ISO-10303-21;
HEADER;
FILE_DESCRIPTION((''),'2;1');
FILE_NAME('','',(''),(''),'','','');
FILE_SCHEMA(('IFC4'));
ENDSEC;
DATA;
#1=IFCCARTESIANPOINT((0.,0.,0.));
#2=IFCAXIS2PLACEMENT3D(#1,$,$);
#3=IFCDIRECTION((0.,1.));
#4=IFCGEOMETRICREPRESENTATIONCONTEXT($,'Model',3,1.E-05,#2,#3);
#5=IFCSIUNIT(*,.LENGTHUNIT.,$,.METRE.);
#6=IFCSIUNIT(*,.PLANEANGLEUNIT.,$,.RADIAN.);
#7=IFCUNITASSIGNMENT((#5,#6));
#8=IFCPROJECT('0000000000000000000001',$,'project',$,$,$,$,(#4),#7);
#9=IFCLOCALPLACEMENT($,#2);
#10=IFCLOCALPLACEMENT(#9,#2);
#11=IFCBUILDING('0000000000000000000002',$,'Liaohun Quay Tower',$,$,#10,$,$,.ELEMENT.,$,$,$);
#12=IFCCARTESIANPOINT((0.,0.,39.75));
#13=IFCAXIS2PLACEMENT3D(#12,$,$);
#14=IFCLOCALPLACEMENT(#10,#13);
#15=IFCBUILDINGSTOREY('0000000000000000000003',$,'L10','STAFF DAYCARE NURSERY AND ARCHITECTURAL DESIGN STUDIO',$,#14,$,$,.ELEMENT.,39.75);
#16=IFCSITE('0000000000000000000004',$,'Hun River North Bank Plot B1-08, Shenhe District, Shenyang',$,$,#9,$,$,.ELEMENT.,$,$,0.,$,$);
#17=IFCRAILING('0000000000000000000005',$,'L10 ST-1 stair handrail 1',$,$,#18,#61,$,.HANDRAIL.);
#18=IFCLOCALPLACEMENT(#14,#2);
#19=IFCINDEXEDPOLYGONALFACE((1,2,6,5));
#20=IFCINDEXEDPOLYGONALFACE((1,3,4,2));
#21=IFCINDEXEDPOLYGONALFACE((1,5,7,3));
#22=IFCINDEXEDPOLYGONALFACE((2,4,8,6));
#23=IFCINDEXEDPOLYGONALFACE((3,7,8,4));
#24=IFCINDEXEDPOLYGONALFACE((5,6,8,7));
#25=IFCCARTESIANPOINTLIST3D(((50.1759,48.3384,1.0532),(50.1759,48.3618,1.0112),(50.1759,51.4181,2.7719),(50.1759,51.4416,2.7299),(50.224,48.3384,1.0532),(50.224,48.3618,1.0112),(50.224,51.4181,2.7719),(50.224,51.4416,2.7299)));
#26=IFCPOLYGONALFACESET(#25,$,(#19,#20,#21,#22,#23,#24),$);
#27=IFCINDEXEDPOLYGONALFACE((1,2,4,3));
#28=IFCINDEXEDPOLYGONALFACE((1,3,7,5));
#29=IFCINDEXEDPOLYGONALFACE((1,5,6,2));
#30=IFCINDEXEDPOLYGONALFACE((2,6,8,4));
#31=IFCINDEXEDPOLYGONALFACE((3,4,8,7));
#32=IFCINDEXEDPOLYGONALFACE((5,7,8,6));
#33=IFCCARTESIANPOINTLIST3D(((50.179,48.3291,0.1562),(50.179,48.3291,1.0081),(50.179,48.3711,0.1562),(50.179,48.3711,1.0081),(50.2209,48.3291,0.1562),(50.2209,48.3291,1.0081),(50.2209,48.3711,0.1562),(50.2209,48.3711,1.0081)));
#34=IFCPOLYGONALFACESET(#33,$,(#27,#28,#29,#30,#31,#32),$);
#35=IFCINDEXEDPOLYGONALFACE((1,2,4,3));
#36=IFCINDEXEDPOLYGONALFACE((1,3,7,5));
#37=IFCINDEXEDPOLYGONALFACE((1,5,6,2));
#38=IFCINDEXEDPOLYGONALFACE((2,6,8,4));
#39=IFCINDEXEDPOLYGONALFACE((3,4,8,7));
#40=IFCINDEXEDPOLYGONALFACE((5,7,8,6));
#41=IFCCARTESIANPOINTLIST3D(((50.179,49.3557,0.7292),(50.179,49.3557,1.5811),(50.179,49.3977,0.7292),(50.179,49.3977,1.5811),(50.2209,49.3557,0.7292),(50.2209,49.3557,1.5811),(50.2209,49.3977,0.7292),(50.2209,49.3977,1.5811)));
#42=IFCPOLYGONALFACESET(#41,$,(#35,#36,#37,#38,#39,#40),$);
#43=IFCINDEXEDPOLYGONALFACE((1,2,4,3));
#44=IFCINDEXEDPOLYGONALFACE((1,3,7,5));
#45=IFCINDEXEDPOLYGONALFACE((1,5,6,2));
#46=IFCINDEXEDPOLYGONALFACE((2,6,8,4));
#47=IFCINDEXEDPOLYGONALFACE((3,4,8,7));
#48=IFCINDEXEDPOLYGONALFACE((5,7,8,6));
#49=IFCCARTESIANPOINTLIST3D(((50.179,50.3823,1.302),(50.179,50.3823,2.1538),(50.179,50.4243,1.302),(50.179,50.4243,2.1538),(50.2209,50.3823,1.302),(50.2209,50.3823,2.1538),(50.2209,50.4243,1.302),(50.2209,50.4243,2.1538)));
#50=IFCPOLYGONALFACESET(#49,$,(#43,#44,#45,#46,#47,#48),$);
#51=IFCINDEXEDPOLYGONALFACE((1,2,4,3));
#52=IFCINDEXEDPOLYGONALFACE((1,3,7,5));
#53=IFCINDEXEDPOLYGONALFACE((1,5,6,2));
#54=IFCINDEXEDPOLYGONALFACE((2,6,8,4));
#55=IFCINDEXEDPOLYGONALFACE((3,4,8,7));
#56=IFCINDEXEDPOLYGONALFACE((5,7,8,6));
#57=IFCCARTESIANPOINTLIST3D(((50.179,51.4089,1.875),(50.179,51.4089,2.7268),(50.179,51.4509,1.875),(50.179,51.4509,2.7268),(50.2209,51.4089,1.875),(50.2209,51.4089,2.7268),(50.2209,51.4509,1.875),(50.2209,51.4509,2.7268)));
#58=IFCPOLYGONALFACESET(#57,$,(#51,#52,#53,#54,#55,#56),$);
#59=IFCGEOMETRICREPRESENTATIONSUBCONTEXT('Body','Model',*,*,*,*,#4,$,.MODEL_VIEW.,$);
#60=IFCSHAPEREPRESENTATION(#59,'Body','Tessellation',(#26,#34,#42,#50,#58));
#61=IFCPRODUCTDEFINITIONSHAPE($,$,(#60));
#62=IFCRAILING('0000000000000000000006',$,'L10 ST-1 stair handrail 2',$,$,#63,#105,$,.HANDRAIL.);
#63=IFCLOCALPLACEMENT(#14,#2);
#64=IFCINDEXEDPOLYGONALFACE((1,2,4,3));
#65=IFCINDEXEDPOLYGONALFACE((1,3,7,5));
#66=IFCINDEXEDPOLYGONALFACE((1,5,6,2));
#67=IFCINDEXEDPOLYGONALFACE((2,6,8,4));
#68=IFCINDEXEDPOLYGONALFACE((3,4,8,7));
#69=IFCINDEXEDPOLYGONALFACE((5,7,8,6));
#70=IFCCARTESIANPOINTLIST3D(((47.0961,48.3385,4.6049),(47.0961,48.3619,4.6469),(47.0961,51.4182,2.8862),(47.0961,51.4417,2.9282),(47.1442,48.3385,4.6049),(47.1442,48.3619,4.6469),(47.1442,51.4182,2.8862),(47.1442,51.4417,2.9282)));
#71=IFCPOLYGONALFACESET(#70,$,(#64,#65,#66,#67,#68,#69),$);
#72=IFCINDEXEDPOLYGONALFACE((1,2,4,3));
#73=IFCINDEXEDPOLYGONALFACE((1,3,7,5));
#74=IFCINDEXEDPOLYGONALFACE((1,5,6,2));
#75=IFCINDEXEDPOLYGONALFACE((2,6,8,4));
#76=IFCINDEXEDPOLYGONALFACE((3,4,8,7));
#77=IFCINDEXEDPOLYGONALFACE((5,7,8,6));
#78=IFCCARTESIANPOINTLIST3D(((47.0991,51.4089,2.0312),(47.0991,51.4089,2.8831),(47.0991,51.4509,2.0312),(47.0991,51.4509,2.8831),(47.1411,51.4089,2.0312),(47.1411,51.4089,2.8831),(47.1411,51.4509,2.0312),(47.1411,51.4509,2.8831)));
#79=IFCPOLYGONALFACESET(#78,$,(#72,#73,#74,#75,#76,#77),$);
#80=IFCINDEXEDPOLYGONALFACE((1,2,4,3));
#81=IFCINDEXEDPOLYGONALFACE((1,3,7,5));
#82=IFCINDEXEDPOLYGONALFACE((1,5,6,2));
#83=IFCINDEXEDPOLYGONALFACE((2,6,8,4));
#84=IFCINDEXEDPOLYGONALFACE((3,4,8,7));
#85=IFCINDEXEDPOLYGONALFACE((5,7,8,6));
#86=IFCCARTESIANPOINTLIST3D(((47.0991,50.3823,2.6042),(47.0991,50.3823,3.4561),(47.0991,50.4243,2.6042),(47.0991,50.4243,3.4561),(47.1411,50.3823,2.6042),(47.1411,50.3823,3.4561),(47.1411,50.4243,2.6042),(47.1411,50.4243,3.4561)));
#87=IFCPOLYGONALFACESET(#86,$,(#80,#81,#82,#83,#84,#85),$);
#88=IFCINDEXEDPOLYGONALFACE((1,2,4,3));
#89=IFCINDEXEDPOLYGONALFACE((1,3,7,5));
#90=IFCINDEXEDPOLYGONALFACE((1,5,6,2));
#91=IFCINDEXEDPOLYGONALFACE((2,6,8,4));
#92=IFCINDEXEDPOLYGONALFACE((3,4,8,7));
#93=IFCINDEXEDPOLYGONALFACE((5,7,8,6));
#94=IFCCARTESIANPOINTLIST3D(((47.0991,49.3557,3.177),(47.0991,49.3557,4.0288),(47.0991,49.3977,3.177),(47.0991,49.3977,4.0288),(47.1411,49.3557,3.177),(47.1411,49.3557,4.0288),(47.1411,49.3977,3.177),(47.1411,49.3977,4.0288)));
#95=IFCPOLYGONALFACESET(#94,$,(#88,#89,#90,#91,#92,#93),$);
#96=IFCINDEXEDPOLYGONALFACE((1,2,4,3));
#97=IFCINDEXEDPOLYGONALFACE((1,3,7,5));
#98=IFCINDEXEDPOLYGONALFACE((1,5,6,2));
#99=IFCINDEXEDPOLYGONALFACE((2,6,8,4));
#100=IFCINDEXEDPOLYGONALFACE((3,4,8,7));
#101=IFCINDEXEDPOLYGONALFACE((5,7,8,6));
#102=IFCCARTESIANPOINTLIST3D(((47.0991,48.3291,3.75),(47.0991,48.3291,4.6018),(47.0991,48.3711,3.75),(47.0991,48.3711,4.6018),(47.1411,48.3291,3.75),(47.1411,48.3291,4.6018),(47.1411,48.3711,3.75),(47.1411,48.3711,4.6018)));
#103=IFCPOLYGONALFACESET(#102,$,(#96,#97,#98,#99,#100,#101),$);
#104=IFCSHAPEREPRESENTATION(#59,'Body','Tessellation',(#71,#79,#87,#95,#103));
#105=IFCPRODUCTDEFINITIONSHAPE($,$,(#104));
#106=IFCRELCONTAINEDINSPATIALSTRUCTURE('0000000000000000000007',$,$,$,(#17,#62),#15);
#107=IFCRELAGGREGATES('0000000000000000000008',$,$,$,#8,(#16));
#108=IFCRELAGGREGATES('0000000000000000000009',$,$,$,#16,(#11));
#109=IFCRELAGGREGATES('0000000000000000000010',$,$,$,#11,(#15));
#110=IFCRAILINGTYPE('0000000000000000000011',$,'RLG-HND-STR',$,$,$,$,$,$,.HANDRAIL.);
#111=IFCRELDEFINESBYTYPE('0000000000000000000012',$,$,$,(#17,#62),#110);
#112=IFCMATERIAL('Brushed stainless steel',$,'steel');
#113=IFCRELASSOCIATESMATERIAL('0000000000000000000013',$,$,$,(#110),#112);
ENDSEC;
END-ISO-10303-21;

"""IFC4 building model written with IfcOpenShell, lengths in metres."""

from ifc_helpers import new_model, si_unit, direction, frame, origin, origin_2d, place, context, subcontext, project, spatial, rectangle, extrude, material, type_object, element, save


model = new_model("IFC4")

# Units and contexts
model_context = context("Model", 3, precision=1e-05, world=origin(), true_north=direction((0.0, 1.0)))
body_context = subcontext(model_context, "Body", "Model", "MODEL_VIEW")
ifc_project = project(units=[si_unit("LENGTHUNIT", "METRE"), si_unit("PLANEANGLEUNIT", "RADIAN")], contexts=[model_context])

# Site, building, storey
site_placement = place(None, origin())
site = spatial("IfcSite", under=ifc_project, at=site_placement, Name="Hun River North Bank Plot B1-08, Shenhe District, Shenyang", CompositionType="ELEMENT", RefElevation=0.0)
building_placement = place(site_placement, origin())
building = spatial("IfcBuilding", under=site, at=building_placement, Name="Liaohun Quay Tower", CompositionType="ELEMENT")
storey_placement = place(building_placement, frame((0.0, 0.0, 39.75)))
storey = spatial("IfcBuildingStorey", under=building, at=storey_placement, Name="L10", Description="STAFF DAYCARE NURSERY AND ARCHITECTURAL DESIGN STUDIO", CompositionType="ELEMENT", Elevation=39.75)

# Railings
ifc_material_1 = material(Name="Brushed stainless steel", Category="steel")
railing_type_1 = type_object("IfcRailingType", Name="RLG-HND-STR", PredefinedType="HANDRAIL", material=ifc_material_1)
railing_1_placement = place(storey_placement, frame((50.2, 48.3501, 0.1562)))
element("IfcRailing", 1, at=railing_1_placement, inside=storey, type_object=railing_type_1, Name="L10 ST-1 stair handrail 1", PredefinedType="HANDRAIL", context=body_context, shape_type="SweptSolid", body=[
    extrude(rectangle(XDim=0.0481, YDim=0.0481, at=origin_2d()), frame((0.0, 0.0, 0.876), z_axis=(0.0, 0.873225, 0.487317), x_axis=(-1.0, 0.0, 0.0)), (0.0, 0.0, 1.0), 3.5269),
    extrude(rectangle(XDim=0.042, YDim=0.042, at=origin_2d()), origin(), (0.0, 0.0, 1.0), 0.8518),
    extrude(rectangle(XDim=0.042, YDim=0.042, at=origin_2d()), frame((0.0, 1.0266, 0.573)), (0.0, 0.0, 1.0), 0.8518),
    extrude(rectangle(XDim=0.042, YDim=0.042, at=origin_2d()), frame((0.0, 2.0532, 1.1458)), (0.0, 0.0, 1.0), 0.8518),
    extrude(rectangle(XDim=0.042, YDim=0.042, at=origin_2d()), frame((0.0, 3.0798, 1.7188)), (0.0, 0.0, 1.0), 0.8518),
])
railing_2_placement = place(storey_placement, frame((47.1201, 51.4299, 2.0312)))
element("IfcRailing", 2, at=railing_2_placement, inside=storey, type_object=railing_type_1, Name="L10 ST-1 stair handrail 2", PredefinedType="HANDRAIL", context=body_context, shape_type="SweptSolid", body=[
    extrude(rectangle(XDim=0.0481, YDim=0.0481, at=origin_2d()), frame((0.0, 0.0, 0.876), z_axis=(0.0, -0.873225, 0.487317), x_axis=(1.0, 0.0, 0.0)), (0.0, 0.0, 1.0), 3.5269),
    extrude(rectangle(XDim=0.042, YDim=0.042, at=origin_2d()), origin(), (0.0, 0.0, 1.0), 0.8518),
    extrude(rectangle(XDim=0.042, YDim=0.042, at=origin_2d()), frame((0.0, -1.0266, 0.573)), (0.0, 0.0, 1.0), 0.8518),
    extrude(rectangle(XDim=0.042, YDim=0.042, at=origin_2d()), frame((0.0, -2.0532, 1.1458)), (0.0, 0.0, 1.0), 0.8518),
    extrude(rectangle(XDim=0.042, YDim=0.042, at=origin_2d()), frame((0.0, -3.0798, 1.7188)), (0.0, 0.0, 1.0), 0.8518),
])

save(model, "model.ifc")
